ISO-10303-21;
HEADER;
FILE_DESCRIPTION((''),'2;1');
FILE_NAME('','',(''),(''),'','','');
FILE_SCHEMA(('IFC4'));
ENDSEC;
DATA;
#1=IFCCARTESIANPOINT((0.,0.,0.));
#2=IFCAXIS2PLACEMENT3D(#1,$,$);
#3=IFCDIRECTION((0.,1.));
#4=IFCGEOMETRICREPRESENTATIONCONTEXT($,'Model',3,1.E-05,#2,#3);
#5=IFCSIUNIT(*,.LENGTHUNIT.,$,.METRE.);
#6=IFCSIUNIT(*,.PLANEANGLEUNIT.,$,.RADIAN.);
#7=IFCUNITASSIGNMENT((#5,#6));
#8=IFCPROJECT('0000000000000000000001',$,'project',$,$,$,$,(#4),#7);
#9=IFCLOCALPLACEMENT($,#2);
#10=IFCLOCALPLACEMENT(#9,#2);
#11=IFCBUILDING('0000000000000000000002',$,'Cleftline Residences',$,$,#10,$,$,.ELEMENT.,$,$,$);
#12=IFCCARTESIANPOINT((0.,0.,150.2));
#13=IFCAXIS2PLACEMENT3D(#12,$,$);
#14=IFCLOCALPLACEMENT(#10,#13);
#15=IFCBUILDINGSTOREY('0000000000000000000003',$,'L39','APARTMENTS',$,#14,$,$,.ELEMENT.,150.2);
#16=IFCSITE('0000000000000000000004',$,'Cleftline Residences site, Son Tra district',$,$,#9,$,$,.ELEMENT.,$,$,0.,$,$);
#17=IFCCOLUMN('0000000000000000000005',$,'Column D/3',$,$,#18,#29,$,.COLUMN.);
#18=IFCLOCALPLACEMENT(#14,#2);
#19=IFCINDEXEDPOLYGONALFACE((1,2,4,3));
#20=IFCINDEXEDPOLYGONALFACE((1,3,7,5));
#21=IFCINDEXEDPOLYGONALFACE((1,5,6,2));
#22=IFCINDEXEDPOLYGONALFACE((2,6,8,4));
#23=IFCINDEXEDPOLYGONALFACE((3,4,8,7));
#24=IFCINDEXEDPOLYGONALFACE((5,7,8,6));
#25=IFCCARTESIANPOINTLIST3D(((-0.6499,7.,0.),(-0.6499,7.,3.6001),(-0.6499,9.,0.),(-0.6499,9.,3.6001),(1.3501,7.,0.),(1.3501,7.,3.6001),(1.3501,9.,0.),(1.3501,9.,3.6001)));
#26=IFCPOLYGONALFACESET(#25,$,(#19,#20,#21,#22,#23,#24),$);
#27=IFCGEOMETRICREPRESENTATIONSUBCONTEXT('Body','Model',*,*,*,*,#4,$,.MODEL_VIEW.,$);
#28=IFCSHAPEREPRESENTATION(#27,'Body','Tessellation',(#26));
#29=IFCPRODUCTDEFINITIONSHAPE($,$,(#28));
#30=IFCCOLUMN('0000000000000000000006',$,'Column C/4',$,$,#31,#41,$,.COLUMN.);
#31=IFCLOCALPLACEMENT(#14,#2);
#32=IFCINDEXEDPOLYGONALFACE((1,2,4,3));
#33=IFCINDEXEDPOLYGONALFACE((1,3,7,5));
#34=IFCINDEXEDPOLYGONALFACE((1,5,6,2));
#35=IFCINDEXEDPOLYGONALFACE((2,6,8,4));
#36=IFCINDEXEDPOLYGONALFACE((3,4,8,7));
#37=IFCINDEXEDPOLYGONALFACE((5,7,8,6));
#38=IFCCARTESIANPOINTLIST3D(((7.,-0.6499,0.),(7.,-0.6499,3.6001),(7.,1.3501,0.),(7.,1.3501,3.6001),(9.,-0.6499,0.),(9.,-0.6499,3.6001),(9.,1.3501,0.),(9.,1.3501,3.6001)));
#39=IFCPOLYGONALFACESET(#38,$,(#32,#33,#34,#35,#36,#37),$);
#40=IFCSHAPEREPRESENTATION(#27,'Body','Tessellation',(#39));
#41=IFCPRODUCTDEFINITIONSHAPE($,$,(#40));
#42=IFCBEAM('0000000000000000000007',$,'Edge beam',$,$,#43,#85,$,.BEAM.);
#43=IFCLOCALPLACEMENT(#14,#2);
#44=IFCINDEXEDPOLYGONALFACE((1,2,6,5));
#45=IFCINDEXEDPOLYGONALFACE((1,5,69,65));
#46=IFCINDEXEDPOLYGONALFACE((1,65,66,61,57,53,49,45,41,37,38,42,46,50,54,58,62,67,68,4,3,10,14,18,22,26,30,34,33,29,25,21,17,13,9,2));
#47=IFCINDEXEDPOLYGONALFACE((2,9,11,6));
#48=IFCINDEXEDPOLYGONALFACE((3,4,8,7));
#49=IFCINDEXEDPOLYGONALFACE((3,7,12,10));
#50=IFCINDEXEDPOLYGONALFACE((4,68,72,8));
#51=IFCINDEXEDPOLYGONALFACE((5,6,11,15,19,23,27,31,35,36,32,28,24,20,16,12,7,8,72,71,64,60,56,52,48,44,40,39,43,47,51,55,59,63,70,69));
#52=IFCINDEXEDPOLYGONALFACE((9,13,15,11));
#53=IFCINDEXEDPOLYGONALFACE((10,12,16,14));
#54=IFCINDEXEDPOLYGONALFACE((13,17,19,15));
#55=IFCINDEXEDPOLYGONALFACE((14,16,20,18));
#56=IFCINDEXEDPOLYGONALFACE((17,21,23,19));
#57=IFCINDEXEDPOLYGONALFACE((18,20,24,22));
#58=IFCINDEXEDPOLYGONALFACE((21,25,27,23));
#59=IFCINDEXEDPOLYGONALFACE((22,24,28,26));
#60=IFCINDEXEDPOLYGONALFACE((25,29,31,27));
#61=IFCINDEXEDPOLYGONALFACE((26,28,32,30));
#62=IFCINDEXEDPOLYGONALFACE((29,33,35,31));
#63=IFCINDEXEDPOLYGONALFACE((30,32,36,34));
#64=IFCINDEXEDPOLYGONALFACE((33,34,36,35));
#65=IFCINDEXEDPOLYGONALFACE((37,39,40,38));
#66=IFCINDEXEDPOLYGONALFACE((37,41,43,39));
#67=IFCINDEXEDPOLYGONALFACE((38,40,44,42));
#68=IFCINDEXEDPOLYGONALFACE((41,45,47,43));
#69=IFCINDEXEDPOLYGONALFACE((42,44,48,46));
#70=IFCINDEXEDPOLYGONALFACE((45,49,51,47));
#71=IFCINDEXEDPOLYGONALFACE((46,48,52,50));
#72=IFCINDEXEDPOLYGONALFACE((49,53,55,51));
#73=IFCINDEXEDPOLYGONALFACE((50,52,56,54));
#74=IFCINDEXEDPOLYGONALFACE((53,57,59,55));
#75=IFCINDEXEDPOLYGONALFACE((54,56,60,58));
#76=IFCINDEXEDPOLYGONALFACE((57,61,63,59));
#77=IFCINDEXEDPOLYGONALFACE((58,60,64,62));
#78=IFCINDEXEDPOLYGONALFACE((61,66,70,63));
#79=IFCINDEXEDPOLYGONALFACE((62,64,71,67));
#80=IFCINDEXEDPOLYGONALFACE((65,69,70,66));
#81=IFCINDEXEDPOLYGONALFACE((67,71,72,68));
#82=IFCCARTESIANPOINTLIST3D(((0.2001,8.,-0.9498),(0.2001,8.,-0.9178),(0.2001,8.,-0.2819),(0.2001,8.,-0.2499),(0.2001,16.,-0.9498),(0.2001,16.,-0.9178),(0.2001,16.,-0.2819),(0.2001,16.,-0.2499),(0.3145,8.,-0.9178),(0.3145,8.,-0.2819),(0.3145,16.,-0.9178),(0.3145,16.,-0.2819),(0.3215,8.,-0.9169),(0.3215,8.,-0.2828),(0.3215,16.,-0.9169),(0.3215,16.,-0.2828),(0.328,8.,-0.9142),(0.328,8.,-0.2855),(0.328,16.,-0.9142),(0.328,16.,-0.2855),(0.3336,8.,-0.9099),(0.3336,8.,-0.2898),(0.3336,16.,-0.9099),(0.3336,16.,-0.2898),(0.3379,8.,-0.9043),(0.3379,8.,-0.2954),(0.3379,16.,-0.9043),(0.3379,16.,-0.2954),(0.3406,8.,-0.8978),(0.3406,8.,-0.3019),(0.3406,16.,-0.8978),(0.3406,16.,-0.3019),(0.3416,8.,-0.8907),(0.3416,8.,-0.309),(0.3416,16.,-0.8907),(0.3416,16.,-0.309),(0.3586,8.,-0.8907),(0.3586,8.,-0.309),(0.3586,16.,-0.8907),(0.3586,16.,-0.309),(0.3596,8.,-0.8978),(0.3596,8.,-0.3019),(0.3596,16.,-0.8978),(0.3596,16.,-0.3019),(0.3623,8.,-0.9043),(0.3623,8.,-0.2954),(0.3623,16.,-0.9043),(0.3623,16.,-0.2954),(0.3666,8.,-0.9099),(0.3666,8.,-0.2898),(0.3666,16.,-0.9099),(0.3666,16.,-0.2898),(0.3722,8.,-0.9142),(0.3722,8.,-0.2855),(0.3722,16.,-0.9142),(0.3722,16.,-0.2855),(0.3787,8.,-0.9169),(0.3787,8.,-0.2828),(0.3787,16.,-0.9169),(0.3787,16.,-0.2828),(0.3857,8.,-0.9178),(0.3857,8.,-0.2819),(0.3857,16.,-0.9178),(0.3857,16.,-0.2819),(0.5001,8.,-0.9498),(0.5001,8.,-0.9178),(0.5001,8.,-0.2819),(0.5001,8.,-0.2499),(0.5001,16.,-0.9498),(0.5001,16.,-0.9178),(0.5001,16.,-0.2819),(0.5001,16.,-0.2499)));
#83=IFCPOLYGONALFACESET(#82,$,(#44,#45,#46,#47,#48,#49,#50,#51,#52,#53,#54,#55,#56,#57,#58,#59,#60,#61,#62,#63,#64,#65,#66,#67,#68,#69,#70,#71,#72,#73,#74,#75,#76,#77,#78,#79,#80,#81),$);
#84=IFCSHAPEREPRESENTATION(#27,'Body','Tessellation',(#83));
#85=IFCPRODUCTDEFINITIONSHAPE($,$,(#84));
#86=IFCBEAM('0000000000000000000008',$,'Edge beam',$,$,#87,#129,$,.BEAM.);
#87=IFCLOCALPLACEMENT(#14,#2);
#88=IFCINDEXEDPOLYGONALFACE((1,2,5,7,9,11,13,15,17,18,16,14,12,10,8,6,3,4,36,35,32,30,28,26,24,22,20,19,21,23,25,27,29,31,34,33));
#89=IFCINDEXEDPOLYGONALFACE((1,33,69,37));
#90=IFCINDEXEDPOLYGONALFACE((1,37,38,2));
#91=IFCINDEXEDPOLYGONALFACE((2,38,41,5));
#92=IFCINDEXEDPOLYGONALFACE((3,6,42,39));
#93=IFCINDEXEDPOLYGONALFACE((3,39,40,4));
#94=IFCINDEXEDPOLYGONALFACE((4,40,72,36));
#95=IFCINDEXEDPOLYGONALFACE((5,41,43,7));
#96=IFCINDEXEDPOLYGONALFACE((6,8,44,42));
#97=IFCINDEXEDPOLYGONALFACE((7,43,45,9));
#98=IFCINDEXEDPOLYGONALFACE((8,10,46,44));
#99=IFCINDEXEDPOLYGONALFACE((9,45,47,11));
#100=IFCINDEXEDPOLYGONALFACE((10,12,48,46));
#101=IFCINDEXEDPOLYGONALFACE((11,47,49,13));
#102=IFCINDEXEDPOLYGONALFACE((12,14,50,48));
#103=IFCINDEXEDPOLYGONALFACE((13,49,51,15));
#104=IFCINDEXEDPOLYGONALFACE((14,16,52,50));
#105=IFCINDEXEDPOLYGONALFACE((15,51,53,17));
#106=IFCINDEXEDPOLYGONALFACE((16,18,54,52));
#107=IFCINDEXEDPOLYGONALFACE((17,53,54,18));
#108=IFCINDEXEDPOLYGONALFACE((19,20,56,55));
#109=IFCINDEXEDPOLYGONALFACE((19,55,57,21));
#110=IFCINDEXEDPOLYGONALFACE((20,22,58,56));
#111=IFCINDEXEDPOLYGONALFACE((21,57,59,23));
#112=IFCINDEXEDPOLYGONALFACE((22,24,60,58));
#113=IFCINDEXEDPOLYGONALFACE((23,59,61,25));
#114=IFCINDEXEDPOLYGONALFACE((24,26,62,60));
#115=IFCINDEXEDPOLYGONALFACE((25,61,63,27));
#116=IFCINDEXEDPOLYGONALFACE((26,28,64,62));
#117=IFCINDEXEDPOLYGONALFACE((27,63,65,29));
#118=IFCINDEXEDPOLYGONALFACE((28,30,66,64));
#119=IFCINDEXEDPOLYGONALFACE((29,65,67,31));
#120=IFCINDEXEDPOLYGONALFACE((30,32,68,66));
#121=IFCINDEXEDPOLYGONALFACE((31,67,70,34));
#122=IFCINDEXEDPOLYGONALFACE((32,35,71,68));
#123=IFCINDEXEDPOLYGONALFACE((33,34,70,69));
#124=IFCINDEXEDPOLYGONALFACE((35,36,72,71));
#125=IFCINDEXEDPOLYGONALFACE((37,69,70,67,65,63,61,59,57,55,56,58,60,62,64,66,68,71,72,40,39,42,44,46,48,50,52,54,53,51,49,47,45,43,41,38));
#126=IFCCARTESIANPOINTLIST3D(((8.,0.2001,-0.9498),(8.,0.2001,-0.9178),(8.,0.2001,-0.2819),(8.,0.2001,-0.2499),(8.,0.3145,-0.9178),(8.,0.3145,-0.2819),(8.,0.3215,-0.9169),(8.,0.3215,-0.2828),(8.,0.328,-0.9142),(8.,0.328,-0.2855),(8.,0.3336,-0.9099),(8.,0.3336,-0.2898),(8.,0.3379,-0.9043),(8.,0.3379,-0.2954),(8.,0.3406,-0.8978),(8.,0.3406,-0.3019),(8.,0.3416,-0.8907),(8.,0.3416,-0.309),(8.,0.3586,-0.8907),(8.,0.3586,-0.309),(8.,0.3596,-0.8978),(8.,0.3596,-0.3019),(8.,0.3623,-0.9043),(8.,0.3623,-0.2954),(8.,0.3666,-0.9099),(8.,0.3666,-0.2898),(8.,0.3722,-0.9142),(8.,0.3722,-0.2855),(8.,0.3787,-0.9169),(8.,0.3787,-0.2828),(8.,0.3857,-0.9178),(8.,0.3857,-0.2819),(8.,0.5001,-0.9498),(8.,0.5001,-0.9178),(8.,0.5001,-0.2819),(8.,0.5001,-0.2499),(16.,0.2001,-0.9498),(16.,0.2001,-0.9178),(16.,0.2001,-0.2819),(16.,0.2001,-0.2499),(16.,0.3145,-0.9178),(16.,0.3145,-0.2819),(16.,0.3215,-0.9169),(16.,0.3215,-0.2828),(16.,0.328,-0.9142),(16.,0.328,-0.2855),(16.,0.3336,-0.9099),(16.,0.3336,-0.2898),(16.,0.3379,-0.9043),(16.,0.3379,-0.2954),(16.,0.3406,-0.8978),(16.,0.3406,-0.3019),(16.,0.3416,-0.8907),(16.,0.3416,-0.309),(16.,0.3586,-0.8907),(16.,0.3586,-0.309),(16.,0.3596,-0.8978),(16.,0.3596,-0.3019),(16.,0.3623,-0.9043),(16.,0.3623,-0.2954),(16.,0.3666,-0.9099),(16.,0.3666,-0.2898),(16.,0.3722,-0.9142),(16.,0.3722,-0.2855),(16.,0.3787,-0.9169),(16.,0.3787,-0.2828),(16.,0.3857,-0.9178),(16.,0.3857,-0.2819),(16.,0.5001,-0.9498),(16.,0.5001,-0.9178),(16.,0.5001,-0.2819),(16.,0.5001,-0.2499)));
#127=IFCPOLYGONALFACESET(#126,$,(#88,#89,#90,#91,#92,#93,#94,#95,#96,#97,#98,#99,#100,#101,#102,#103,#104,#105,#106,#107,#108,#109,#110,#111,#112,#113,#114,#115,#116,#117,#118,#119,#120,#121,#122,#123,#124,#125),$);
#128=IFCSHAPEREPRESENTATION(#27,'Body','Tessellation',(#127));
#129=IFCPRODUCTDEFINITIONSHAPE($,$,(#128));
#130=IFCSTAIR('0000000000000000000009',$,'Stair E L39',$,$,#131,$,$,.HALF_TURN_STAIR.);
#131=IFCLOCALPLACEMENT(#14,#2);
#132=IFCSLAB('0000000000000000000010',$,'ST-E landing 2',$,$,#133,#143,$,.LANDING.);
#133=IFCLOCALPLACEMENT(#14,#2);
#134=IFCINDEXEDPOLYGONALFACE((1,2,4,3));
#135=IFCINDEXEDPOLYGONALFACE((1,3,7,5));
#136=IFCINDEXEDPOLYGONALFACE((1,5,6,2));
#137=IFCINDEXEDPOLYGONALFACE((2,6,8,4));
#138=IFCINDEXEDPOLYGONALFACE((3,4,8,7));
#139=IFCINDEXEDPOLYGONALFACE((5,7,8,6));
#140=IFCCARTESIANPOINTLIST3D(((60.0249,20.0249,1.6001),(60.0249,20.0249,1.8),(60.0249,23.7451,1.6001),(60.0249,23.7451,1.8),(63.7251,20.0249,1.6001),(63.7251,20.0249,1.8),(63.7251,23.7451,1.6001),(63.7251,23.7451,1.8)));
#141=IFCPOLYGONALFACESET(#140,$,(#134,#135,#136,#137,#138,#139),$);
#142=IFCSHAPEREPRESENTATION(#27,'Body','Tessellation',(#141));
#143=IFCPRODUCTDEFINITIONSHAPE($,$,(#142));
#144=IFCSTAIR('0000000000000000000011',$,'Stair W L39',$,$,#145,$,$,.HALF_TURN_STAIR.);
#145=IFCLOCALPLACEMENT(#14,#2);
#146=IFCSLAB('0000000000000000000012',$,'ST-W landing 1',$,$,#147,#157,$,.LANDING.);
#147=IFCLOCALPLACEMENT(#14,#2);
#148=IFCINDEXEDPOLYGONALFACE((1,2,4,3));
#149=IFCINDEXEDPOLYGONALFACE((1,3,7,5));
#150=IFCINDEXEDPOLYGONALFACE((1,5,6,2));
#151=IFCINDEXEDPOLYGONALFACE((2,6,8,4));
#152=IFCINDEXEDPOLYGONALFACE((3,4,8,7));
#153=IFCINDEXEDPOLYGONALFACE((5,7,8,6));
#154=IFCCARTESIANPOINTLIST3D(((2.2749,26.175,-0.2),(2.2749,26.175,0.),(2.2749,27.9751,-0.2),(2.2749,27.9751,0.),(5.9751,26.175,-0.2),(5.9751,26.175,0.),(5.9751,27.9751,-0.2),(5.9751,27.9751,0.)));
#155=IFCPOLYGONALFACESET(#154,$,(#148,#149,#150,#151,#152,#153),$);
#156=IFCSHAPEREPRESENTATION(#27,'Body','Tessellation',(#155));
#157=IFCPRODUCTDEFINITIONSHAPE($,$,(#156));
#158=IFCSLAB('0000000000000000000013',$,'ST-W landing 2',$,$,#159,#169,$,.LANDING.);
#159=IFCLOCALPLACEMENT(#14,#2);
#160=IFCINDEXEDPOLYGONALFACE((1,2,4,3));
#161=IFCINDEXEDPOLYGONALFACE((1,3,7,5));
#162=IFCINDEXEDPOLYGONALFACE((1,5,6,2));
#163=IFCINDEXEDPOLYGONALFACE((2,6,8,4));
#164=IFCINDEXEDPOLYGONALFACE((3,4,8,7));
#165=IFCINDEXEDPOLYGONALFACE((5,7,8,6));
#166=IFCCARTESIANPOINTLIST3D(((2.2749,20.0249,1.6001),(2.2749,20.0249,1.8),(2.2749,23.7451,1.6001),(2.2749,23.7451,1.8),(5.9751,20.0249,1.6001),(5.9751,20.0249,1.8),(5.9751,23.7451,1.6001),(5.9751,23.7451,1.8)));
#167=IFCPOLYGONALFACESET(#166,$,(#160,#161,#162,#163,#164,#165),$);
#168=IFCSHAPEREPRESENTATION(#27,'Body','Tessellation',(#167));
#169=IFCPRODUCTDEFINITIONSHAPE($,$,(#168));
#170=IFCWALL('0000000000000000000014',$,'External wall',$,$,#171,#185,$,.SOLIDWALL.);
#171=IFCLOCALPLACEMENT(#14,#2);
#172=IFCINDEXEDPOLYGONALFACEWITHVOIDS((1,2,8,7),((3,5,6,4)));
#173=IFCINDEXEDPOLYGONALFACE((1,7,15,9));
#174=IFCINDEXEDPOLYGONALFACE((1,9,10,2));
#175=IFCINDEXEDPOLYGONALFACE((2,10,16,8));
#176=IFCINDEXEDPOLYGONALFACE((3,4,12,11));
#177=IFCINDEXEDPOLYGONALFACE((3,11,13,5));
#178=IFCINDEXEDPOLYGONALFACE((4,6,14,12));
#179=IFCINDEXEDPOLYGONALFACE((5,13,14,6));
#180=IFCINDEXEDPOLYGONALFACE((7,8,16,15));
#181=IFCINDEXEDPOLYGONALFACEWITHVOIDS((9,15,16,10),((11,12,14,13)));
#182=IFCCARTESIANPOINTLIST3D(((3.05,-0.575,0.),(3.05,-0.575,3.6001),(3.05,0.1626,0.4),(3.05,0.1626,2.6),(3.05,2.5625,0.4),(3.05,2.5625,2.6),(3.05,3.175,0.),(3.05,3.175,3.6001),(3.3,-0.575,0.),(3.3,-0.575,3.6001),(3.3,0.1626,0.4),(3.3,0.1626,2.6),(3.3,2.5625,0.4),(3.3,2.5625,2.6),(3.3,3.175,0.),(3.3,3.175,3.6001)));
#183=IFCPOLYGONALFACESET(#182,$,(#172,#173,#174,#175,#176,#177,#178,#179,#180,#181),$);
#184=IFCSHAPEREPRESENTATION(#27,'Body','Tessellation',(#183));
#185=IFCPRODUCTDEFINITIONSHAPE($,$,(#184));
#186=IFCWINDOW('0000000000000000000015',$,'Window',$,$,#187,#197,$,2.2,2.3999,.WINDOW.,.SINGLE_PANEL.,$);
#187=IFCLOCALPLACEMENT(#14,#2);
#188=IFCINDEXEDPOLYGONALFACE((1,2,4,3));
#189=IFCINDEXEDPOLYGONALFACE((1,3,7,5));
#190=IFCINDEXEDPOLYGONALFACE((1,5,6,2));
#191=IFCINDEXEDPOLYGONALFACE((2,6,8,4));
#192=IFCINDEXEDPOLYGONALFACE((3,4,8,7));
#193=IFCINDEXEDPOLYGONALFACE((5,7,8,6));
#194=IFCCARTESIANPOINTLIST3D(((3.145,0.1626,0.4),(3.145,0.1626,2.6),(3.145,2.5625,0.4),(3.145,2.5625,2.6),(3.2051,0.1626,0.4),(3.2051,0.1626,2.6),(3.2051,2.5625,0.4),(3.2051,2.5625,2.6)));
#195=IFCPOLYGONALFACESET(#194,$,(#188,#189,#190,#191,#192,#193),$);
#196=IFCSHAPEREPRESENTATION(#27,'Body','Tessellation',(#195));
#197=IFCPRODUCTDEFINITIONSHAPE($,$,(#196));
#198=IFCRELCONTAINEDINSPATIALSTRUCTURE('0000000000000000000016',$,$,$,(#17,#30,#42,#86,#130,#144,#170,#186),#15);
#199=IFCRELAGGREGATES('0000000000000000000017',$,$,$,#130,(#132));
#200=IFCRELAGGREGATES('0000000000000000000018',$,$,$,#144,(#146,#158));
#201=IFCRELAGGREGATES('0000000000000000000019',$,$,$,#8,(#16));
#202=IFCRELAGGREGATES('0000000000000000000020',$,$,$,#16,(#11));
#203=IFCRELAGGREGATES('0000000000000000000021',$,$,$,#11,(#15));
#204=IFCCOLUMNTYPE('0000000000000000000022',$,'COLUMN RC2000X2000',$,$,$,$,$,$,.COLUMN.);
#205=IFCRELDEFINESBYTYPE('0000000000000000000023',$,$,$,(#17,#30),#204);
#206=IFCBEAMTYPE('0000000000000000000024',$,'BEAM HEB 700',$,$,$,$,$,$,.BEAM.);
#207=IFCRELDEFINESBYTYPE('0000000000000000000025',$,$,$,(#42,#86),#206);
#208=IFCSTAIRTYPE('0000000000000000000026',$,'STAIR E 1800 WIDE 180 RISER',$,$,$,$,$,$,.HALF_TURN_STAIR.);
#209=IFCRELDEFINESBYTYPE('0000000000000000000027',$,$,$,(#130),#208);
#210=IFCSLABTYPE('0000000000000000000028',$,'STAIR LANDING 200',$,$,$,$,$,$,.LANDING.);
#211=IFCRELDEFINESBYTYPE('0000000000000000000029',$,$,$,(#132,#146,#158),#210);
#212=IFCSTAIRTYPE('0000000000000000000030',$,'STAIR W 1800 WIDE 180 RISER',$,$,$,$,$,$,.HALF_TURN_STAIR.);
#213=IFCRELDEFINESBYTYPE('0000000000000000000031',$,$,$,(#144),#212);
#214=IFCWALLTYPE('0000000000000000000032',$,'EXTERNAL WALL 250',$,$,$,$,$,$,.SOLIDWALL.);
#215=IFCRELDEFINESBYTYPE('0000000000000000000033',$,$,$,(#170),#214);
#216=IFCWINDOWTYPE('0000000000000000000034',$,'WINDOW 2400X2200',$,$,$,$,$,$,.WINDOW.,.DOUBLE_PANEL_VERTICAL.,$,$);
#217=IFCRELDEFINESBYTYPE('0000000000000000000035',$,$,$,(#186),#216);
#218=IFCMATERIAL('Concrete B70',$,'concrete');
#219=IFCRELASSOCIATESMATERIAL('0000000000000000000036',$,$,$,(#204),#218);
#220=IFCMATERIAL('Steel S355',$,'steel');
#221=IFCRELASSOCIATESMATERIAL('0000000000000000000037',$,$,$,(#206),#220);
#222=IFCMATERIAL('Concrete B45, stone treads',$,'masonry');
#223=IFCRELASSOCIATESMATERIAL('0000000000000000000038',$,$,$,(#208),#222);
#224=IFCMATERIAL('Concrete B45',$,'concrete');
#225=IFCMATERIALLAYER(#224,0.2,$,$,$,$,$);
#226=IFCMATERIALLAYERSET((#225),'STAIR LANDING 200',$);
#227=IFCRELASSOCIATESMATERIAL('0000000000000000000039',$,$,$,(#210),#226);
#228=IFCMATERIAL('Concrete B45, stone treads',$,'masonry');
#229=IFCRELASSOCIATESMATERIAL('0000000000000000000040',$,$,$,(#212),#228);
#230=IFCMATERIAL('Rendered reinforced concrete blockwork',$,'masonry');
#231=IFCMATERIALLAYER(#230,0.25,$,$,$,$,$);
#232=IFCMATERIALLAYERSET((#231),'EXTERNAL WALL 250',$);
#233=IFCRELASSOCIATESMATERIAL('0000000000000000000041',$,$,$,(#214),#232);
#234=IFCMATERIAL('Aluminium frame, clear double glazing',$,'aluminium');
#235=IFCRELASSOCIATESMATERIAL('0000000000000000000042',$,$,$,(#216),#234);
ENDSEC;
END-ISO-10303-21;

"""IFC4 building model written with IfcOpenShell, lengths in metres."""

from ifc_helpers import new_model, si_unit, direction, frame, frame_2d, origin, origin_2d, place, context, subcontext, project, spatial, polyline, rectangle, i_section, outline, extrude, material, layer, layer_set, material_profile, profile_set, type_object, element, fill, aggregate, save


model = new_model("IFC4")

# Units and contexts
model_context = context("Model", 3, precision=1e-05, world=origin(), true_north=direction((0.0, 1.0)))
body_context = subcontext(model_context, "Body", "Model", "MODEL_VIEW")
ifc_project = project(units=[si_unit("LENGTHUNIT", "METRE"), si_unit("PLANEANGLEUNIT", "RADIAN")], contexts=[model_context])

# Site, building, storey
site_placement = place(None, origin())
site = spatial("IfcSite", under=ifc_project, at=site_placement, Name="Cleftline Residences site, Son Tra district", CompositionType="ELEMENT", RefElevation=0.0)
building_placement = place(site_placement, origin())
building = spatial("IfcBuilding", under=site, at=building_placement, Name="Cleftline Residences", CompositionType="ELEMENT")
storey_placement = place(building_placement, frame((0.0, 0.0, 150.2)))
storey = spatial("IfcBuildingStorey", under=building, at=storey_placement, Name="L39", Description="APARTMENTS", CompositionType="ELEMENT", Elevation=150.2)

# Columns
ifc_material_1 = material(Name="Concrete B70", Category="concrete")
ifc_material_profile_1 = material_profile(ifc_material_1, rectangle(XDim=2.0, YDim=2.0, at=origin_2d()))
ifc_profile_set_1 = profile_set([ifc_material_profile_1], Name="Concrete B70")
column_type = type_object("IfcColumnType", Name="COLUMN RC2000X2000", PredefinedType="COLUMN", material=ifc_profile_set_1)
for number, where, z_axis, x_axis, name in (
    (1, (0.3501, 8.0, 0.0), (0.0, 0.0, 1.0), (1.0, 0.0, 0.0), "Column D/3"),
    (2, (8.0, 0.3501, 0.0), (0.0, 0.0, 1.0), (1.0, 0.0, 0.0), "Column C/4"),
):
    element("IfcColumn", number, at=place(storey_placement, frame(where, z_axis=z_axis, x_axis=x_axis)), inside=storey, type_object=column_type, Name=name, PredefinedType="COLUMN", context=body_context, shape_type="SweptSolid", body=[
        extrude(rectangle(XDim=2.0, YDim=2.0, at=origin_2d()), origin(), (0.0, 0.0, 1.0), 3.6001),
    ])

# Beams
ifc_material_2 = material(Name="Steel S355", Category="steel")
ifc_material_profile_2 = material_profile(ifc_material_2, i_section(OverallWidth=0.3, OverallDepth=0.7, WebThickness=0.0171, FlangeThickness=0.032, FilletRadius=0.0271, at=origin_2d()))
ifc_profile_set_2 = profile_set([ifc_material_profile_2], Name="Steel S355")
beam_type = type_object("IfcBeamType", Name="BEAM HEB 700", PredefinedType="BEAM", material=ifc_profile_set_2)
for number, where, z_axis, x_axis, name in (
    (3, (0.3501, 8.0, -0.5999), (0.0, 1.0, 0.0), (-1.0, 0.0, 0.0), "Edge beam"),
    (4, (8.0, 0.3501, -0.5999), (1.0, 0.0, 0.0), (0.0, 1.0, 0.0), "Edge beam"),
):
    element("IfcBeam", number, at=place(storey_placement, frame(where, z_axis=z_axis, x_axis=x_axis)), inside=storey, type_object=beam_type, Name=name, PredefinedType="BEAM", context=body_context, shape_type="SweptSolid", body=[
        extrude(i_section(OverallWidth=0.3, OverallDepth=0.7, WebThickness=0.0171, FlangeThickness=0.032, FilletRadius=0.0271, at=origin_2d()), origin(), (0.0, 0.0, 1.0), 8.0),
    ])

# Stair, slab
ifc_material_3 = material(Name="Concrete B45, stone treads", Category="masonry")
stair_type_1 = type_object("IfcStairType", Name="STAIR E 1800 WIDE 180 RISER", PredefinedType="HALF_TURN_STAIR", material=ifc_material_3)
stair_1_placement = place(storey_placement, origin())
stair_1 = element("IfcStair", 5, at=stair_1_placement, inside=storey, type_object=stair_type_1, Name="Stair E L39", PredefinedType="HALF_TURN_STAIR")
ifc_material_4 = material(Name="Concrete B45", Category="concrete")
ifc_layer_1 = layer(ifc_material_4, 0.2)
ifc_layer_set_1 = layer_set([ifc_layer_1], Name="STAIR LANDING 200")
slab_type = type_object("IfcSlabType", Name="STAIR LANDING 200", PredefinedType="LANDING", material=ifc_layer_set_1)
slab_1_placement = place(storey_placement, frame((0.0, 0.0, 1.6001)))
slab_1 = element("IfcSlab", 6, at=slab_1_placement, type_object=slab_type, Name="ST-E landing 2", PredefinedType="LANDING", context=body_context, shape_type="SweptSolid", body=[
    extrude(outline(polyline([(60.0249, 20.0249), (63.7251, 20.0249), (63.7251, 23.7451), (60.0249, 23.7451), (60.0249, 20.0249)])), origin(), (0.0, 0.0, 1.0), 0.2),
])
aggregate(stair_1, [slab_1])

# Stair, slabs
ifc_material_5 = material(Name="Concrete B45, stone treads", Category="masonry")
stair_type_2 = type_object("IfcStairType", Name="STAIR W 1800 WIDE 180 RISER", PredefinedType="HALF_TURN_STAIR", material=ifc_material_5)
stair_2_placement = place(storey_placement, origin())
stair_2 = element("IfcStair", 7, at=stair_2_placement, inside=storey, type_object=stair_type_2, Name="Stair W L39", PredefinedType="HALF_TURN_STAIR")
slab_2_placement = place(storey_placement, frame((0.0, 0.0, -0.2)))
slab_2 = element("IfcSlab", 8, at=slab_2_placement, type_object=slab_type, Name="ST-W landing 1", PredefinedType="LANDING", context=body_context, shape_type="SweptSolid", body=[
    extrude(outline(polyline([(2.2749, 26.175), (5.9751, 26.175), (5.9751, 27.9751), (2.2749, 27.9751), (2.2749, 26.175)])), origin(), (0.0, 0.0, 1.0), 0.2),
])
slab_3_placement = place(storey_placement, frame((0.0, 0.0, 1.6001)))
slab_3 = element("IfcSlab", 9, at=slab_3_placement, type_object=slab_type, Name="ST-W landing 2", PredefinedType="LANDING", context=body_context, shape_type="SweptSolid", body=[
    extrude(outline(polyline([(2.2749, 20.0249), (5.9751, 20.0249), (5.9751, 23.7451), (2.2749, 23.7451), (2.2749, 20.0249)])), origin(), (0.0, 0.0, 1.0), 0.2),
])
aggregate(stair_2, [slab_2, slab_3])

# Wall, opening, window
ifc_material_6 = material(Name="Rendered reinforced concrete blockwork", Category="masonry")
ifc_layer_2 = layer(ifc_material_6, 0.25)
ifc_layer_set_2 = layer_set([ifc_layer_2], Name="EXTERNAL WALL 250")
wall_type_1 = type_object("IfcWallType", Name="EXTERNAL WALL 250", PredefinedType="SOLIDWALL", material=ifc_layer_set_2)
wall_1_placement = place(storey_placement, frame((3.175, 3.175, 0.0), z_axis=(0.0, 0.0, 1.0), x_axis=(0.0, -1.0, 0.0)))
wall_1 = element("IfcWall", 10, at=wall_1_placement, inside=storey, type_object=wall_type_1, Name="External wall", PredefinedType="SOLIDWALL", context=body_context, shape_type="SweptSolid", body=[
    extrude(rectangle(XDim=3.75, YDim=0.25, at=frame_2d((1.875, 0.0))), origin(), (0.0, 0.0, 1.0), 3.6001),
])
opening_1_placement = place(wall_1_placement, frame((0.6125, 0.0, 0.3999)))
opening_1 = element("IfcOpeningElement", 11, at=opening_1_placement, cuts=wall_1, PredefinedType="OPENING", context=body_context, shape_type="SweptSolid", body=[
    extrude(rectangle(XDim=2.3999, YDim=2.2, at=frame_2d((1.2, 1.1001))), frame((0.0, 0.135, 0.0), z_axis=(0.0, -1.0, 0.0), x_axis=(1.0, 0.0, 0.0)), (0.0, 0.0, 1.0), 0.27),
])
ifc_material_7 = material(Name="Aluminium frame, clear double glazing", Category="aluminium")
window_type_1 = type_object("IfcWindowType", Name="WINDOW 2400X2200", PartitioningType="DOUBLE_PANEL_VERTICAL", PredefinedType="WINDOW", material=ifc_material_7)
window_1_placement = place(opening_1_placement, origin())
window_1 = element("IfcWindow", 12, at=window_1_placement, inside=storey, type_object=window_type_1, Name="Window", OverallHeight=2.2, OverallWidth=2.3999, PartitioningType="SINGLE_PANEL", PredefinedType="WINDOW", context=body_context, shape_type="SweptSolid", body=[
    extrude(rectangle(XDim=2.3999, YDim=2.2, at=frame_2d((1.2, 1.1001))), frame((0.0, 0.03, 0.0), z_axis=(0.0, -1.0, 0.0), x_axis=(1.0, 0.0, 0.0)), (0.0, 0.0, 1.0), 0.0601),
])
fill(opening_1, window_1)

save(model, "model.ifc")
